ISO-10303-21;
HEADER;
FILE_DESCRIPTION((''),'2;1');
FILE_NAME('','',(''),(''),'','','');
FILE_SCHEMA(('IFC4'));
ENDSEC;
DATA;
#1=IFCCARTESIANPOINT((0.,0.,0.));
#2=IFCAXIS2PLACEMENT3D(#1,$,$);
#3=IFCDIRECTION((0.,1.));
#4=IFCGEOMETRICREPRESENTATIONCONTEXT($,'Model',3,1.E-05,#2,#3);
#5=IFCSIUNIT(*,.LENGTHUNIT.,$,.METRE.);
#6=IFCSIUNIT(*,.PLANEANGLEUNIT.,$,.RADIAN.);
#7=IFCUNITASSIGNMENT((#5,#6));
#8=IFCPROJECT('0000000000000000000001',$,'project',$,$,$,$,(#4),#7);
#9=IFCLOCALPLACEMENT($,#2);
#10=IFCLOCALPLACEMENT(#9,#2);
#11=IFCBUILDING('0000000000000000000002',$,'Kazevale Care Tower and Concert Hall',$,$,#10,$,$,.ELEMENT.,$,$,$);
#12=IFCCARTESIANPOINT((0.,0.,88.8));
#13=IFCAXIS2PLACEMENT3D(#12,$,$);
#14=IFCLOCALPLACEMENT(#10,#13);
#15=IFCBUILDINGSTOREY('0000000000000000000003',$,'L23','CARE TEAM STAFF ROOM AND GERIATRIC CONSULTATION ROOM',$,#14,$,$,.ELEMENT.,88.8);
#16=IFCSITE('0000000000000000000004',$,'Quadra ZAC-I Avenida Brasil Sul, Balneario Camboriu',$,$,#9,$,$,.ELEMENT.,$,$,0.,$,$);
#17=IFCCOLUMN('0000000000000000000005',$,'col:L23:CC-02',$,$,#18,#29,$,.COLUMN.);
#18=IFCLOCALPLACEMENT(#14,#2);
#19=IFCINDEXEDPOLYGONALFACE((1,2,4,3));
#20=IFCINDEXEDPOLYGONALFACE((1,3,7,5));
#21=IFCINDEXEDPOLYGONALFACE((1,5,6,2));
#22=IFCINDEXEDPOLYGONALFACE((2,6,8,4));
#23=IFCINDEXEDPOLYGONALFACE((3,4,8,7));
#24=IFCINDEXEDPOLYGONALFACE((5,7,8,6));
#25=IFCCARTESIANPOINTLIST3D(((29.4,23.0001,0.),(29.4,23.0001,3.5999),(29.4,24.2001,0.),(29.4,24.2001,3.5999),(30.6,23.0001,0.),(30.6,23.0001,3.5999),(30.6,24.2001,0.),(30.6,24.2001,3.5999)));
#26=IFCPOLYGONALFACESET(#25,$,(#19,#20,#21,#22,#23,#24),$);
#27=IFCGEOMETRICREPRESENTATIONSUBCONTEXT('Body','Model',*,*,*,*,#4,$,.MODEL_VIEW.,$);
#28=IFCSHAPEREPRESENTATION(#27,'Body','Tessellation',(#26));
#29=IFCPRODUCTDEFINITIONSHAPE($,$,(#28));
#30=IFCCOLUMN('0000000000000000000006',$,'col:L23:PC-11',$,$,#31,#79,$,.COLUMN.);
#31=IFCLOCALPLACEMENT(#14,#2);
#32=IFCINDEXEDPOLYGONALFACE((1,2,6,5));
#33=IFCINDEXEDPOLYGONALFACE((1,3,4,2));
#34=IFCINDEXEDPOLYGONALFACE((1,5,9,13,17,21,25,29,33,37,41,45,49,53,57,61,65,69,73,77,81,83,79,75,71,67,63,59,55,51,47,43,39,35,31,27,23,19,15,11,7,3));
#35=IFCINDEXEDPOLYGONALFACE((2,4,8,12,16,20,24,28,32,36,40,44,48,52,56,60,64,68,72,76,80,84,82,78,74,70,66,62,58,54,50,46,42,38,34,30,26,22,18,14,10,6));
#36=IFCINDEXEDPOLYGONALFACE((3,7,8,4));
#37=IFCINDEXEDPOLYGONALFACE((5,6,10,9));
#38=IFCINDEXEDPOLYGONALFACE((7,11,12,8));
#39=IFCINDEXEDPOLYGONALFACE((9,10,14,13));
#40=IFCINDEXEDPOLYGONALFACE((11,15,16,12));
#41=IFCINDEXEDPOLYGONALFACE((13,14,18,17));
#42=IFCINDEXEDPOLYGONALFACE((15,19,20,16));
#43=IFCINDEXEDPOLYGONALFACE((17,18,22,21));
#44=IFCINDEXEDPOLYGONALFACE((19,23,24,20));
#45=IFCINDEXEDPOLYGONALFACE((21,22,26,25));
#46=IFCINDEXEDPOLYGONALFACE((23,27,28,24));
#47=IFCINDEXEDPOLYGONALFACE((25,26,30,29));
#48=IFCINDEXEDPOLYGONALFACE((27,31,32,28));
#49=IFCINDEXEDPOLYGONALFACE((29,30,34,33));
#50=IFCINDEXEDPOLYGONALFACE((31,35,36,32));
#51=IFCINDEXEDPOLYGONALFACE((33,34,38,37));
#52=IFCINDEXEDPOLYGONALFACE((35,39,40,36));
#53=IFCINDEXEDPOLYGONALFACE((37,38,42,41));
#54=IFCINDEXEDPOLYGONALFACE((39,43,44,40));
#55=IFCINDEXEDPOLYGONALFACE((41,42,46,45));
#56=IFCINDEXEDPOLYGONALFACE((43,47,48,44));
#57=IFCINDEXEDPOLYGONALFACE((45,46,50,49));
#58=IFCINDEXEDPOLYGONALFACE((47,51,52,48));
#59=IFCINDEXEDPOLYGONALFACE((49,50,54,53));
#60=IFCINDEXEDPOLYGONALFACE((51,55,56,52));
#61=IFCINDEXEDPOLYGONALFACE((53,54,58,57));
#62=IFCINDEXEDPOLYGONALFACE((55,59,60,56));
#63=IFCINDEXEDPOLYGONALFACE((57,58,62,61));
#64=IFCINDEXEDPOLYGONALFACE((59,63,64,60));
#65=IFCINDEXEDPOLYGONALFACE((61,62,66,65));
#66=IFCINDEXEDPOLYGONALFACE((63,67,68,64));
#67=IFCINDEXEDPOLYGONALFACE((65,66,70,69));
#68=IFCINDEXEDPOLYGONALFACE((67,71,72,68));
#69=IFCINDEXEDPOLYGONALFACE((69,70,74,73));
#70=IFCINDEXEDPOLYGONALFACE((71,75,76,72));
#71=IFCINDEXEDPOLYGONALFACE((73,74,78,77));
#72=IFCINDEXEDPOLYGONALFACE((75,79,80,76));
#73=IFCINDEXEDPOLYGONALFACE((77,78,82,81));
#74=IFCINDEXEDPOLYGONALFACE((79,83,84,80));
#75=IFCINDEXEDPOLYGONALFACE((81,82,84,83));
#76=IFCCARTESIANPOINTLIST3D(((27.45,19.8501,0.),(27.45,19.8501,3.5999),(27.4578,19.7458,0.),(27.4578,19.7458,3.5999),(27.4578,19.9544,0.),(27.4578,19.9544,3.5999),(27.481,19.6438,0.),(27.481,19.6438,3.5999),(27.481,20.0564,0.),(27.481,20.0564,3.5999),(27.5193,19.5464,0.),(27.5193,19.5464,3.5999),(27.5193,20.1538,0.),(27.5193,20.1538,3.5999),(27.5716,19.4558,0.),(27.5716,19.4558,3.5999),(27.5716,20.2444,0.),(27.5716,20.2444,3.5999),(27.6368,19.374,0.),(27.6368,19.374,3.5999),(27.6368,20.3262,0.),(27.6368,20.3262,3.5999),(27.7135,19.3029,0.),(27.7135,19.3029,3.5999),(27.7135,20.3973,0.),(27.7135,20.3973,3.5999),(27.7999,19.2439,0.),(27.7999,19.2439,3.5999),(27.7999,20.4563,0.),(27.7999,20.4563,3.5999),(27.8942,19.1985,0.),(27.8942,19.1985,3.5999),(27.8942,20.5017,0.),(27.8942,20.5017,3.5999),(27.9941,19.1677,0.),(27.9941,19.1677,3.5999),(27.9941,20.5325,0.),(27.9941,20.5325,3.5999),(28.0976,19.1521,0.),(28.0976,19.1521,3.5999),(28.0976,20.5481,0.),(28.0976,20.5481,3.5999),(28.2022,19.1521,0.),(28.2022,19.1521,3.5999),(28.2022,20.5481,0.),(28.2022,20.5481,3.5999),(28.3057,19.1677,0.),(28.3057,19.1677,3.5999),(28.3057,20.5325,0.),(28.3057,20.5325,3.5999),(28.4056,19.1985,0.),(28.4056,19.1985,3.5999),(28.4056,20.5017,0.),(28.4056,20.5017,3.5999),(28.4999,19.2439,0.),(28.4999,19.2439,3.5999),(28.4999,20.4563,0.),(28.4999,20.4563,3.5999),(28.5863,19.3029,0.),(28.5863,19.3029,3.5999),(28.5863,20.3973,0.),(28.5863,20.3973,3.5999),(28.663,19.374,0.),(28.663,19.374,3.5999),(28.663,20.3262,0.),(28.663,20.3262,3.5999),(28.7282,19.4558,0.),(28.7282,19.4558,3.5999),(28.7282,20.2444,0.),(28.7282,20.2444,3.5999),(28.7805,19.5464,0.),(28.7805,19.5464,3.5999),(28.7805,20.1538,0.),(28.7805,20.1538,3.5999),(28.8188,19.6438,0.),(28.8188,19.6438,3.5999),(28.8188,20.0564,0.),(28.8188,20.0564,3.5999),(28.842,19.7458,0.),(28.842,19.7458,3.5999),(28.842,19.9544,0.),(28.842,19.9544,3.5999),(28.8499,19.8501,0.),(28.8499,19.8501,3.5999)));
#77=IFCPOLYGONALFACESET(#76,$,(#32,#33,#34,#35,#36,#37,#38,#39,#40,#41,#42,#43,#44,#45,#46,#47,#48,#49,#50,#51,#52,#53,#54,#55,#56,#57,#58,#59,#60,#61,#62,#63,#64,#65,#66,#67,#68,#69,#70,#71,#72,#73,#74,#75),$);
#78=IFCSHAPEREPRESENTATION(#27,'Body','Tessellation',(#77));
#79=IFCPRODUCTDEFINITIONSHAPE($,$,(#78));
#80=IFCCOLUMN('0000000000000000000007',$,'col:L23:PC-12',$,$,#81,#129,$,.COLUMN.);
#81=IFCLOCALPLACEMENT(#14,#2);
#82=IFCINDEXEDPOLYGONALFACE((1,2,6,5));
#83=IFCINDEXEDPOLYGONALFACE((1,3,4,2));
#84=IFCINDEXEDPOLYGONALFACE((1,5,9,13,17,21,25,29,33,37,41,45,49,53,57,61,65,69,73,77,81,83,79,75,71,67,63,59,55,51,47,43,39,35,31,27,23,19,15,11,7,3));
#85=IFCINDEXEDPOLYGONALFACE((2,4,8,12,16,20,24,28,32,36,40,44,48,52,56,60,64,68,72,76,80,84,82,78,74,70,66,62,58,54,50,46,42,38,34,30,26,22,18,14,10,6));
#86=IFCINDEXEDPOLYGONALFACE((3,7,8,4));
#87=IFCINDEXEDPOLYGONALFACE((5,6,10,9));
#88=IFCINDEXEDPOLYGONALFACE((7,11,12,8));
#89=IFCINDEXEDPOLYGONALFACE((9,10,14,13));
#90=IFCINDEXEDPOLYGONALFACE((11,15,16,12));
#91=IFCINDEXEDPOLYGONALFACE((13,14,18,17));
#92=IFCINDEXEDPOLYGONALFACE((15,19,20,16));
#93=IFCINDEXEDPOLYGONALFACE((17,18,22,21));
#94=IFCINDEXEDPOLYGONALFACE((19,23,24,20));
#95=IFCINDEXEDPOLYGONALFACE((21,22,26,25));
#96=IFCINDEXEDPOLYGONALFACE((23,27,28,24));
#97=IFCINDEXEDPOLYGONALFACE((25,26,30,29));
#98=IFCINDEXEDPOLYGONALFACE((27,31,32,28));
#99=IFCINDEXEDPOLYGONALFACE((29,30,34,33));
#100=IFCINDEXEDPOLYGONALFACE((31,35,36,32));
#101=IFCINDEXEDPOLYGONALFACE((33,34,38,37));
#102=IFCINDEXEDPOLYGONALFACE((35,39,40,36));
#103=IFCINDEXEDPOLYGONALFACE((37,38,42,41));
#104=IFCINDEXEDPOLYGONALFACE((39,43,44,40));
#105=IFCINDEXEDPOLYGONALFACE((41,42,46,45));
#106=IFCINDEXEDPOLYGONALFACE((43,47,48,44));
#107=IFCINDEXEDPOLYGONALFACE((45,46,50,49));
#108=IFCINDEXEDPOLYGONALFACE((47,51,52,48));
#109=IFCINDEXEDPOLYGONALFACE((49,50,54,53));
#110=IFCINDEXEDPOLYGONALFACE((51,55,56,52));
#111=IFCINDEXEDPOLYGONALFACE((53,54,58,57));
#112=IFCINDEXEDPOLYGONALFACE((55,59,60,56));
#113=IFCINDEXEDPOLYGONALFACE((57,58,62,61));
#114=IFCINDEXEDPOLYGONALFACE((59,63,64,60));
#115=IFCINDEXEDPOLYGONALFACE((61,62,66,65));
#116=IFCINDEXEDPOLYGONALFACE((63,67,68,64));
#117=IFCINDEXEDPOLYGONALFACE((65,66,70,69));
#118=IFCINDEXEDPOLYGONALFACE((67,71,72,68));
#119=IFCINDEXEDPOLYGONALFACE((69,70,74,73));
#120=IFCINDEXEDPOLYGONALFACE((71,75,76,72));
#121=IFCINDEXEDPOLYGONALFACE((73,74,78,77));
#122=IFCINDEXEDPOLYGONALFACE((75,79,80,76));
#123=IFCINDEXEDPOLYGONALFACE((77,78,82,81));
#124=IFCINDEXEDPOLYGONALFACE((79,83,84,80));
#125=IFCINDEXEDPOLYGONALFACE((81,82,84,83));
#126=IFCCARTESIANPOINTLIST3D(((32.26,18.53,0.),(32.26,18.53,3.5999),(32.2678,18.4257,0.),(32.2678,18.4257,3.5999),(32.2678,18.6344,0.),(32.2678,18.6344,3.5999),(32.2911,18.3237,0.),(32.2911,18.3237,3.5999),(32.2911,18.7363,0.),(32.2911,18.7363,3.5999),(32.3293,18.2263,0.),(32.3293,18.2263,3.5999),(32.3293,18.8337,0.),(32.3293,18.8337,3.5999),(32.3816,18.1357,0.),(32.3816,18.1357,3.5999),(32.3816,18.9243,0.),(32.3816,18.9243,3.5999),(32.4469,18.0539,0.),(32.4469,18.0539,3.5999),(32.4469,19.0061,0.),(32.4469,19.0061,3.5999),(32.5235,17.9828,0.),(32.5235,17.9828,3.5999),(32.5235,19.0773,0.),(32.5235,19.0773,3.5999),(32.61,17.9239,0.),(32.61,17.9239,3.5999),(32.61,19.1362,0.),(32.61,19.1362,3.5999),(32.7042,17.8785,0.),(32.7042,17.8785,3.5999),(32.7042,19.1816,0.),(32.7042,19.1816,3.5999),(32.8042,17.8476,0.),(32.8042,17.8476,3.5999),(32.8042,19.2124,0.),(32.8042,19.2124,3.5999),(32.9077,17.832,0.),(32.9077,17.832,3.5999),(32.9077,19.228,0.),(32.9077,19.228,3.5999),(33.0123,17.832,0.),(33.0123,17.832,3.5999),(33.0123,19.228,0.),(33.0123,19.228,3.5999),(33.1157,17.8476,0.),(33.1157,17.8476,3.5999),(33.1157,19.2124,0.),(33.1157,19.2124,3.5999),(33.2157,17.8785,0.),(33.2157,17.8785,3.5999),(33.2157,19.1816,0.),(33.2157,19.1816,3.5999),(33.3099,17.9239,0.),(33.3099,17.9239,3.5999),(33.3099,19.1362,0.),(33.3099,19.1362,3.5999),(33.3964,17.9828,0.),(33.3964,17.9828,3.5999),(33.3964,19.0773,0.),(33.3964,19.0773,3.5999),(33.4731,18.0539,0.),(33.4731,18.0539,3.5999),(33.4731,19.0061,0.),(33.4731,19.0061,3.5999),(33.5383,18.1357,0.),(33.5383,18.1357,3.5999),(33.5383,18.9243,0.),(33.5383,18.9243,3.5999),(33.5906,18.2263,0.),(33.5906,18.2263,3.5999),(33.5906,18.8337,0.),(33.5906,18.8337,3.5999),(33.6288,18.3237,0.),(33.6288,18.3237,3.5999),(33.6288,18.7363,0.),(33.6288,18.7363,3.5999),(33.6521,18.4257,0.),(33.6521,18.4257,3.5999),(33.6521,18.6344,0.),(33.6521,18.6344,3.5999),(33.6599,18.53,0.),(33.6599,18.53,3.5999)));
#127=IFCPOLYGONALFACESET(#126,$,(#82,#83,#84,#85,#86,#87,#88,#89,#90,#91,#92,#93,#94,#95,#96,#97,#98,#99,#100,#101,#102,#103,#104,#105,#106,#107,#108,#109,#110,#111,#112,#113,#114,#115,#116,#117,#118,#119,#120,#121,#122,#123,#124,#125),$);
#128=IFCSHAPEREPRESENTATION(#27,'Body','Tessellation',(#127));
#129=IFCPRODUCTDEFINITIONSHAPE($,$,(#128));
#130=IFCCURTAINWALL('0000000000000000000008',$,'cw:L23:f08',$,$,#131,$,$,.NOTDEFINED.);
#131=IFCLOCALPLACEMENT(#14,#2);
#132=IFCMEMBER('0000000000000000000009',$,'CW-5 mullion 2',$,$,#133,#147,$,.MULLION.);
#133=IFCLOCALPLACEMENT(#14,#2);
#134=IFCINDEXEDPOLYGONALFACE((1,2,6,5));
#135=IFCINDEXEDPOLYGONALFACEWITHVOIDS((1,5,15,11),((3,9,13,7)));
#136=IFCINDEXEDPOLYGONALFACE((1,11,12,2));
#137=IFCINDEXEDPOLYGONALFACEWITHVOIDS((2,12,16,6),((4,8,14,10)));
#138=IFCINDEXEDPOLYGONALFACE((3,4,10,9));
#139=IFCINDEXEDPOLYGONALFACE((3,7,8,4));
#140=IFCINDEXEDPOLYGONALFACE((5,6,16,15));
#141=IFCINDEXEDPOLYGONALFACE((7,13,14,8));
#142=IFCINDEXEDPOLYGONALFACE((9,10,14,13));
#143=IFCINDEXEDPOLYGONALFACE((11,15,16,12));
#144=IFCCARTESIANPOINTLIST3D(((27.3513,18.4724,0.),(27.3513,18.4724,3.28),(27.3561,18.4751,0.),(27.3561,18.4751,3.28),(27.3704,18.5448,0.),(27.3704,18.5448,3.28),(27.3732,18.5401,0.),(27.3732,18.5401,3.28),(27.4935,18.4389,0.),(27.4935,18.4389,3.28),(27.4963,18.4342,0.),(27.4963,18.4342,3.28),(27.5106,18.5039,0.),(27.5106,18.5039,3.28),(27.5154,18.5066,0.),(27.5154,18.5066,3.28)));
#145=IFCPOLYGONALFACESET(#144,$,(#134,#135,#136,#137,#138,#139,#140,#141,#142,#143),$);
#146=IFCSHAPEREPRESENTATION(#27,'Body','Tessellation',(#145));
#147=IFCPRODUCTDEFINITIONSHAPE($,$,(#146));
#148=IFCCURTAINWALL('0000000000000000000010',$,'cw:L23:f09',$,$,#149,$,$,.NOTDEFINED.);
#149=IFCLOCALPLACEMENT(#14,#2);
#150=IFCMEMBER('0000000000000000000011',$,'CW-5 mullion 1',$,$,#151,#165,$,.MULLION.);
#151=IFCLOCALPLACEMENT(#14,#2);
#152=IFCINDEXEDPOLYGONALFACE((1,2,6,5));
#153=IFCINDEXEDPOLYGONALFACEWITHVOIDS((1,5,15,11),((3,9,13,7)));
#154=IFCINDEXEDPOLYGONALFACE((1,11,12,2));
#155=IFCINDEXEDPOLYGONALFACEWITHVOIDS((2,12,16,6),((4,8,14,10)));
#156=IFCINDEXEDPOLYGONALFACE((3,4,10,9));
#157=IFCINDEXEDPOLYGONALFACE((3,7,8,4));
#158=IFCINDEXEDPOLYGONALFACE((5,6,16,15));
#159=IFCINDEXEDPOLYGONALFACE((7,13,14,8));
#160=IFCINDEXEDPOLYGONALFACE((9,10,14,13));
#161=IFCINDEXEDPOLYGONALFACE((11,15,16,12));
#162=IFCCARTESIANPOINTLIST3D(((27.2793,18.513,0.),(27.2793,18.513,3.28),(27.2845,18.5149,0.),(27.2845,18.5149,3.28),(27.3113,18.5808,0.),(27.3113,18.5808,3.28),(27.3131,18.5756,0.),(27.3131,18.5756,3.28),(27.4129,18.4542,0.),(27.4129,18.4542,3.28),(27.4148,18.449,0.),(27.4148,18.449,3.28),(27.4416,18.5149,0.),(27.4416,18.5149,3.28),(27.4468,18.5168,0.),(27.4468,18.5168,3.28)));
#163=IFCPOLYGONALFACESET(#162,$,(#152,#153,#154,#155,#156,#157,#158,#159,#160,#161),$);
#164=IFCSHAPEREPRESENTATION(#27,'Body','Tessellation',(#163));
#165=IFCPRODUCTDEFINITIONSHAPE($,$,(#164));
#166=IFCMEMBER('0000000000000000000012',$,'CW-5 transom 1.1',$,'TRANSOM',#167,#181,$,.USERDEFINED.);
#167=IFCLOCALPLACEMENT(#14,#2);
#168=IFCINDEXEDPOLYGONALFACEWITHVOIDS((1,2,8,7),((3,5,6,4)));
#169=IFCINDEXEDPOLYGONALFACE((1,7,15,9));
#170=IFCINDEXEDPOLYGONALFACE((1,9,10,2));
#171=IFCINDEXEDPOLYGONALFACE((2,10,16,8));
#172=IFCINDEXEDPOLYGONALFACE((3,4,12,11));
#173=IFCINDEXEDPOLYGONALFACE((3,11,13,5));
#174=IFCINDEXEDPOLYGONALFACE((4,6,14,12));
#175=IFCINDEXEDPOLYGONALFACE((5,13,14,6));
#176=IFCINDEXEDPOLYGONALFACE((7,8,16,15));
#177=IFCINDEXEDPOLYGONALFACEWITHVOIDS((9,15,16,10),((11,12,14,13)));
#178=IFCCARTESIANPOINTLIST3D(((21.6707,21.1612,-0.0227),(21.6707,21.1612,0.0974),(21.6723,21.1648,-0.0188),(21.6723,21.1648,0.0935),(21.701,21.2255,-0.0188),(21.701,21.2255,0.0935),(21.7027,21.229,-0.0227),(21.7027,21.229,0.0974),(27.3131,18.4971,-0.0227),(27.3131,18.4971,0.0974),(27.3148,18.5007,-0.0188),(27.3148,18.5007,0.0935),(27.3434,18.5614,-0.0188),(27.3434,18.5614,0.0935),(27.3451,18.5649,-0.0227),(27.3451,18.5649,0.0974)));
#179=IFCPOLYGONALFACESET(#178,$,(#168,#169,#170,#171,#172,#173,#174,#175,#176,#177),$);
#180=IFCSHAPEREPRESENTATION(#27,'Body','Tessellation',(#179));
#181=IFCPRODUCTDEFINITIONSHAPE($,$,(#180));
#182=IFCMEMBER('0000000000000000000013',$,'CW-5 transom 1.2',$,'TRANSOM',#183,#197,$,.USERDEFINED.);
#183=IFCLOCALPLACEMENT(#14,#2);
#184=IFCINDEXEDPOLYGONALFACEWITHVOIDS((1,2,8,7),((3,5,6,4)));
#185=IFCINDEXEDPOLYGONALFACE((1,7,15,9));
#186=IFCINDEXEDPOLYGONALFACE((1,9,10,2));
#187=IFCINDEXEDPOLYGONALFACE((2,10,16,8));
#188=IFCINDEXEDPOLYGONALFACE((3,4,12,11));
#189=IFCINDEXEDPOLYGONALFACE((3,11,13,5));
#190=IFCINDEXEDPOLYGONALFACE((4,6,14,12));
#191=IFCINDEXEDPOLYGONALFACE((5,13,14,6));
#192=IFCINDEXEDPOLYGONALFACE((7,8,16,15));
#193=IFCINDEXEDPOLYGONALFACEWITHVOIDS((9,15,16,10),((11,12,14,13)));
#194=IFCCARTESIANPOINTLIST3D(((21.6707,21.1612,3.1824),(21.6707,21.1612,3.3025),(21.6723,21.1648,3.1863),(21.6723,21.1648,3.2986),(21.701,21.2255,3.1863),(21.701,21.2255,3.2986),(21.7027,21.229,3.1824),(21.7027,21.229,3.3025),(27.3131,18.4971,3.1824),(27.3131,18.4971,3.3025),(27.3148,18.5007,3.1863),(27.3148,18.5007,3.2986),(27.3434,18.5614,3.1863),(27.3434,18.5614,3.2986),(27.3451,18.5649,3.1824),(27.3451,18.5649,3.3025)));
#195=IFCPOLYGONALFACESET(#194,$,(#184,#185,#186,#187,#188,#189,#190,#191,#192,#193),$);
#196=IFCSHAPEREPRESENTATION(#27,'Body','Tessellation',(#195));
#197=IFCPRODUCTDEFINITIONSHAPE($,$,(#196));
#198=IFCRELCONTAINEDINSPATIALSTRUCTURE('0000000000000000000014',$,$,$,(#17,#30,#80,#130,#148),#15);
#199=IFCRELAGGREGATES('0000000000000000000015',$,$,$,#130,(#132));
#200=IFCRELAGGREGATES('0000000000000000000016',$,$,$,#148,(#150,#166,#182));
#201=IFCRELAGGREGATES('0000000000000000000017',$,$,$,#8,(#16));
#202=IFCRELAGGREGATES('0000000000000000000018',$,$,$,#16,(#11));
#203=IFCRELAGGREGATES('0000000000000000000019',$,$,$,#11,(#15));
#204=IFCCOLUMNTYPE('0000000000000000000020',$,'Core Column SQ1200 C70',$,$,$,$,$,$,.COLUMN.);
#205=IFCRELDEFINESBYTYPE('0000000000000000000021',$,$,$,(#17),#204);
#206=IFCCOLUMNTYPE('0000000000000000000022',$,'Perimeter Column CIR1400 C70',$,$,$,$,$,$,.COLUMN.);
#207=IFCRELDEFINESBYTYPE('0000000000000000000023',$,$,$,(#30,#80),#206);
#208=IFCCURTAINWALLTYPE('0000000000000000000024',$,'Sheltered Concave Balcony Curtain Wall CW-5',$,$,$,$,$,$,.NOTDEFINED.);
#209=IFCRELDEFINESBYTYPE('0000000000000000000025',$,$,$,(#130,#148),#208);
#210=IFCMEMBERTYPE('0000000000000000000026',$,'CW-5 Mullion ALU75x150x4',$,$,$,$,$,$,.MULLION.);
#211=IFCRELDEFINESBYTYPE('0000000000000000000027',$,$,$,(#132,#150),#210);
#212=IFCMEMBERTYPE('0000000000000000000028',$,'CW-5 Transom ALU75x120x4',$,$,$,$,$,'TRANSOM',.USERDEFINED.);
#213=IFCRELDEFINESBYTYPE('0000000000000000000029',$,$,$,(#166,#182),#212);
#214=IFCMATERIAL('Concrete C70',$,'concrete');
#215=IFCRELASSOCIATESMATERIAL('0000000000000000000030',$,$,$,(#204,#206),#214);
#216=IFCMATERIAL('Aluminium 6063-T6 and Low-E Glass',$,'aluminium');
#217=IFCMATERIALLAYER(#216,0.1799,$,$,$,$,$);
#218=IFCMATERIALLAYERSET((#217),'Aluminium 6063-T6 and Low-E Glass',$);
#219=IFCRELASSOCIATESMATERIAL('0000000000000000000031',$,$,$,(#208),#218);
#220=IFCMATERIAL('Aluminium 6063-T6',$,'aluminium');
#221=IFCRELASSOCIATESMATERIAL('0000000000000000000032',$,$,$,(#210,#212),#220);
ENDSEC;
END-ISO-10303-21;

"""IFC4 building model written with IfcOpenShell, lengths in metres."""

from ifc_helpers import new_model, si_unit, direction, frame, origin, origin_2d, place, context, subcontext, project, spatial, rectangle, hollow_rectangle, circle, extrude, material, layer, layer_set, material_profile, profile_set, type_object, element, aggregate, save


model = new_model("IFC4")

# Units and contexts
model_context = context("Model", 3, precision=1e-05, world=origin(), true_north=direction((0.0, 1.0)))
body_context = subcontext(model_context, "Body", "Model", "MODEL_VIEW")
ifc_project = project(units=[si_unit("LENGTHUNIT", "METRE"), si_unit("PLANEANGLEUNIT", "RADIAN")], contexts=[model_context])

# Site, building, storey
site_placement = place(None, origin())
site = spatial("IfcSite", under=ifc_project, at=site_placement, Name="Quadra ZAC-I Avenida Brasil Sul, Balneario Camboriu", CompositionType="ELEMENT", RefElevation=0.0)
building_placement = place(site_placement, origin())
building = spatial("IfcBuilding", under=site, at=building_placement, Name="Kazevale Care Tower and Concert Hall", CompositionType="ELEMENT")
storey_placement = place(building_placement, frame((0.0, 0.0, 88.8)))
storey = spatial("IfcBuildingStorey", under=building, at=storey_placement, Name="L23", Description="CARE TEAM STAFF ROOM AND GERIATRIC CONSULTATION ROOM", CompositionType="ELEMENT", Elevation=88.8)

# Columns
ifc_material_1 = material(Name="Concrete C70", Category="concrete")
ifc_material_profile_1 = material_profile(ifc_material_1, rectangle(XDim=1.2, YDim=1.2, at=origin_2d()), Name="RC-SQ1200")
ifc_profile_set_1 = profile_set([ifc_material_profile_1], Name="Concrete C70")
column_type_1 = type_object("IfcColumnType", Name="Core Column SQ1200 C70", PredefinedType="COLUMN", material=ifc_profile_set_1)
column_placement = place(storey_placement, frame((30.0, 23.6001, 0.0), z_axis=(0.0, 0.0, 1.0), x_axis=(1.0, 0.0, 0.0)))
element("IfcColumn", 1, at=column_placement, inside=storey, type_object=column_type_1, Name="col:L23:CC-02", PredefinedType="COLUMN", context=body_context, shape_type="SweptSolid", body=[
    extrude(rectangle(XDim=1.2, YDim=1.2, at=origin_2d()), origin(), (0.0, 0.0, 1.0), 3.5999),
])
ifc_material_profile_2 = material_profile(ifc_material_1, circle(Radius=0.7, at=origin_2d()), Name="RC-CIR1400")
ifc_profile_set_2 = profile_set([ifc_material_profile_2], Name="Concrete C70")
column_type_2 = type_object("IfcColumnType", Name="Perimeter Column CIR1400 C70", PredefinedType="COLUMN", material=ifc_profile_set_2)
for number, where, z_axis, x_axis, name in (
    (2, (28.1499, 19.8501, 0.0), (0.0, 0.0, 1.0), (1.0, 0.0, 0.0), "col:L23:PC-11"),
    (3, (32.96, 18.53, 0.0), (0.0, 0.0, 1.0), (1.0, 0.0, 0.0), "col:L23:PC-12"),
):
    element("IfcColumn", number, at=place(storey_placement, frame(where, z_axis=z_axis, x_axis=x_axis)), inside=storey, type_object=column_type_2, Name=name, PredefinedType="COLUMN", context=body_context, shape_type="SweptSolid", body=[
        extrude(circle(Radius=0.7, at=origin_2d()), origin(), (0.0, 0.0, 1.0), 3.5999),
    ])

# Curtain wall, member
ifc_material_2 = material(Name="Aluminium 6063-T6 and Low-E Glass", Category="aluminium")
ifc_layer_1 = layer(ifc_material_2, 0.1799)
ifc_layer_set_1 = layer_set([ifc_layer_1], Name="Aluminium 6063-T6 and Low-E Glass")
curtain_wall_type = type_object("IfcCurtainWallType", Name="Sheltered Concave Balcony Curtain Wall CW-5", PredefinedType="NOTDEFINED", material=ifc_layer_set_1)
curtain_wall_1_placement = place(storey_placement, origin())
curtain_wall_1 = element("IfcCurtainWall", 4, at=curtain_wall_1_placement, inside=storey, type_object=curtain_wall_type, Name="cw:L23:f08", PredefinedType="NOTDEFINED")
ifc_material_3 = material(Name="Aluminium 6063-T6", Category="aluminium")
ifc_material_profile_3 = material_profile(ifc_material_3, hollow_rectangle(XDim=0.075, YDim=0.1499, WallThickness=0.0039, at=origin_2d()), Name="ALU75x150x4")
ifc_profile_set_3 = profile_set([ifc_material_profile_3], Name="Aluminium 6063-T6")
member_type_1 = type_object("IfcMemberType", Name="CW-5 Mullion ALU75x150x4", PredefinedType="MULLION", material=ifc_profile_set_3)
member_1_placement = place(storey_placement, frame((27.4333, 18.4895, 0.0), z_axis=(0.0, 0.0, 1.0), x_axis=(-0.254829, -0.966986, 0.0)))
member_1 = element("IfcMember", 5, at=member_1_placement, type_object=member_type_1, Name="CW-5 mullion 2", PredefinedType="MULLION", context=body_context, shape_type="SweptSolid", body=[
    extrude(hollow_rectangle(XDim=0.075, YDim=0.1499, WallThickness=0.0039, at=origin_2d()), origin(), (0.0, 0.0, 1.0), 3.28),
])

# Curtain wall, members
curtain_wall_2_placement = place(storey_placement, origin())
curtain_wall_2 = element("IfcCurtainWall", 6, at=curtain_wall_2_placement, inside=storey, type_object=curtain_wall_type, Name="cw:L23:f09", PredefinedType="NOTDEFINED")
member_2_placement = place(storey_placement, frame((27.363, 18.5149, 0.0), z_axis=(0.0, 0.0, 1.0), x_axis=(-0.426942, -0.904279, 0.0)))
member_2 = element("IfcMember", 7, at=member_2_placement, type_object=member_type_1, Name="CW-5 mullion 1", PredefinedType="MULLION", context=body_context, shape_type="SweptSolid", body=[
    extrude(hollow_rectangle(XDim=0.075, YDim=0.1499, WallThickness=0.0039, at=origin_2d()), origin(), (0.0, 0.0, 1.0), 3.28),
])
ifc_material_profile_4 = material_profile(ifc_material_3, hollow_rectangle(XDim=0.075, YDim=0.1201, WallThickness=0.0039, at=origin_2d()), Name="ALU75x120x4")
ifc_profile_set_4 = profile_set([ifc_material_profile_4], Name="Aluminium 6063-T6")
member_type_2 = type_object("IfcMemberType", Name="CW-5 Transom ALU75x120x4", ElementType="TRANSOM", PredefinedType="USERDEFINED", material=ifc_profile_set_4)
member_3_placement = place(storey_placement, frame((27.3291, 18.531, 0.0374), z_axis=(-0.904272, 0.426957, 0.0), x_axis=(-0.426957, -0.904272, 0.0)))
member_3 = element("IfcMember", 8, at=member_3_placement, type_object=member_type_2, Name="CW-5 transom 1.1", ObjectType="TRANSOM", PredefinedType="USERDEFINED", context=body_context, shape_type="SweptSolid", body=[
    extrude(hollow_rectangle(XDim=0.075, YDim=0.1201, WallThickness=0.0039, at=origin_2d()), origin(), (0.0, 0.0, 1.0), 6.2397),
])
member_4_placement = place(storey_placement, frame((27.3291, 18.531, 3.2424), z_axis=(-0.904272, 0.426957, 0.0), x_axis=(-0.426957, -0.904272, 0.0)))
member_4 = element("IfcMember", 9, at=member_4_placement, type_object=member_type_2, Name="CW-5 transom 1.2", ObjectType="TRANSOM", PredefinedType="USERDEFINED", context=body_context, shape_type="SweptSolid", body=[
    extrude(hollow_rectangle(XDim=0.075, YDim=0.1201, WallThickness=0.0039, at=origin_2d()), origin(), (0.0, 0.0, 1.0), 6.2397),
])

aggregate(curtain_wall_1, [member_1])
aggregate(curtain_wall_2, [member_2, member_3, member_4])

save(model, "model.ifc")
